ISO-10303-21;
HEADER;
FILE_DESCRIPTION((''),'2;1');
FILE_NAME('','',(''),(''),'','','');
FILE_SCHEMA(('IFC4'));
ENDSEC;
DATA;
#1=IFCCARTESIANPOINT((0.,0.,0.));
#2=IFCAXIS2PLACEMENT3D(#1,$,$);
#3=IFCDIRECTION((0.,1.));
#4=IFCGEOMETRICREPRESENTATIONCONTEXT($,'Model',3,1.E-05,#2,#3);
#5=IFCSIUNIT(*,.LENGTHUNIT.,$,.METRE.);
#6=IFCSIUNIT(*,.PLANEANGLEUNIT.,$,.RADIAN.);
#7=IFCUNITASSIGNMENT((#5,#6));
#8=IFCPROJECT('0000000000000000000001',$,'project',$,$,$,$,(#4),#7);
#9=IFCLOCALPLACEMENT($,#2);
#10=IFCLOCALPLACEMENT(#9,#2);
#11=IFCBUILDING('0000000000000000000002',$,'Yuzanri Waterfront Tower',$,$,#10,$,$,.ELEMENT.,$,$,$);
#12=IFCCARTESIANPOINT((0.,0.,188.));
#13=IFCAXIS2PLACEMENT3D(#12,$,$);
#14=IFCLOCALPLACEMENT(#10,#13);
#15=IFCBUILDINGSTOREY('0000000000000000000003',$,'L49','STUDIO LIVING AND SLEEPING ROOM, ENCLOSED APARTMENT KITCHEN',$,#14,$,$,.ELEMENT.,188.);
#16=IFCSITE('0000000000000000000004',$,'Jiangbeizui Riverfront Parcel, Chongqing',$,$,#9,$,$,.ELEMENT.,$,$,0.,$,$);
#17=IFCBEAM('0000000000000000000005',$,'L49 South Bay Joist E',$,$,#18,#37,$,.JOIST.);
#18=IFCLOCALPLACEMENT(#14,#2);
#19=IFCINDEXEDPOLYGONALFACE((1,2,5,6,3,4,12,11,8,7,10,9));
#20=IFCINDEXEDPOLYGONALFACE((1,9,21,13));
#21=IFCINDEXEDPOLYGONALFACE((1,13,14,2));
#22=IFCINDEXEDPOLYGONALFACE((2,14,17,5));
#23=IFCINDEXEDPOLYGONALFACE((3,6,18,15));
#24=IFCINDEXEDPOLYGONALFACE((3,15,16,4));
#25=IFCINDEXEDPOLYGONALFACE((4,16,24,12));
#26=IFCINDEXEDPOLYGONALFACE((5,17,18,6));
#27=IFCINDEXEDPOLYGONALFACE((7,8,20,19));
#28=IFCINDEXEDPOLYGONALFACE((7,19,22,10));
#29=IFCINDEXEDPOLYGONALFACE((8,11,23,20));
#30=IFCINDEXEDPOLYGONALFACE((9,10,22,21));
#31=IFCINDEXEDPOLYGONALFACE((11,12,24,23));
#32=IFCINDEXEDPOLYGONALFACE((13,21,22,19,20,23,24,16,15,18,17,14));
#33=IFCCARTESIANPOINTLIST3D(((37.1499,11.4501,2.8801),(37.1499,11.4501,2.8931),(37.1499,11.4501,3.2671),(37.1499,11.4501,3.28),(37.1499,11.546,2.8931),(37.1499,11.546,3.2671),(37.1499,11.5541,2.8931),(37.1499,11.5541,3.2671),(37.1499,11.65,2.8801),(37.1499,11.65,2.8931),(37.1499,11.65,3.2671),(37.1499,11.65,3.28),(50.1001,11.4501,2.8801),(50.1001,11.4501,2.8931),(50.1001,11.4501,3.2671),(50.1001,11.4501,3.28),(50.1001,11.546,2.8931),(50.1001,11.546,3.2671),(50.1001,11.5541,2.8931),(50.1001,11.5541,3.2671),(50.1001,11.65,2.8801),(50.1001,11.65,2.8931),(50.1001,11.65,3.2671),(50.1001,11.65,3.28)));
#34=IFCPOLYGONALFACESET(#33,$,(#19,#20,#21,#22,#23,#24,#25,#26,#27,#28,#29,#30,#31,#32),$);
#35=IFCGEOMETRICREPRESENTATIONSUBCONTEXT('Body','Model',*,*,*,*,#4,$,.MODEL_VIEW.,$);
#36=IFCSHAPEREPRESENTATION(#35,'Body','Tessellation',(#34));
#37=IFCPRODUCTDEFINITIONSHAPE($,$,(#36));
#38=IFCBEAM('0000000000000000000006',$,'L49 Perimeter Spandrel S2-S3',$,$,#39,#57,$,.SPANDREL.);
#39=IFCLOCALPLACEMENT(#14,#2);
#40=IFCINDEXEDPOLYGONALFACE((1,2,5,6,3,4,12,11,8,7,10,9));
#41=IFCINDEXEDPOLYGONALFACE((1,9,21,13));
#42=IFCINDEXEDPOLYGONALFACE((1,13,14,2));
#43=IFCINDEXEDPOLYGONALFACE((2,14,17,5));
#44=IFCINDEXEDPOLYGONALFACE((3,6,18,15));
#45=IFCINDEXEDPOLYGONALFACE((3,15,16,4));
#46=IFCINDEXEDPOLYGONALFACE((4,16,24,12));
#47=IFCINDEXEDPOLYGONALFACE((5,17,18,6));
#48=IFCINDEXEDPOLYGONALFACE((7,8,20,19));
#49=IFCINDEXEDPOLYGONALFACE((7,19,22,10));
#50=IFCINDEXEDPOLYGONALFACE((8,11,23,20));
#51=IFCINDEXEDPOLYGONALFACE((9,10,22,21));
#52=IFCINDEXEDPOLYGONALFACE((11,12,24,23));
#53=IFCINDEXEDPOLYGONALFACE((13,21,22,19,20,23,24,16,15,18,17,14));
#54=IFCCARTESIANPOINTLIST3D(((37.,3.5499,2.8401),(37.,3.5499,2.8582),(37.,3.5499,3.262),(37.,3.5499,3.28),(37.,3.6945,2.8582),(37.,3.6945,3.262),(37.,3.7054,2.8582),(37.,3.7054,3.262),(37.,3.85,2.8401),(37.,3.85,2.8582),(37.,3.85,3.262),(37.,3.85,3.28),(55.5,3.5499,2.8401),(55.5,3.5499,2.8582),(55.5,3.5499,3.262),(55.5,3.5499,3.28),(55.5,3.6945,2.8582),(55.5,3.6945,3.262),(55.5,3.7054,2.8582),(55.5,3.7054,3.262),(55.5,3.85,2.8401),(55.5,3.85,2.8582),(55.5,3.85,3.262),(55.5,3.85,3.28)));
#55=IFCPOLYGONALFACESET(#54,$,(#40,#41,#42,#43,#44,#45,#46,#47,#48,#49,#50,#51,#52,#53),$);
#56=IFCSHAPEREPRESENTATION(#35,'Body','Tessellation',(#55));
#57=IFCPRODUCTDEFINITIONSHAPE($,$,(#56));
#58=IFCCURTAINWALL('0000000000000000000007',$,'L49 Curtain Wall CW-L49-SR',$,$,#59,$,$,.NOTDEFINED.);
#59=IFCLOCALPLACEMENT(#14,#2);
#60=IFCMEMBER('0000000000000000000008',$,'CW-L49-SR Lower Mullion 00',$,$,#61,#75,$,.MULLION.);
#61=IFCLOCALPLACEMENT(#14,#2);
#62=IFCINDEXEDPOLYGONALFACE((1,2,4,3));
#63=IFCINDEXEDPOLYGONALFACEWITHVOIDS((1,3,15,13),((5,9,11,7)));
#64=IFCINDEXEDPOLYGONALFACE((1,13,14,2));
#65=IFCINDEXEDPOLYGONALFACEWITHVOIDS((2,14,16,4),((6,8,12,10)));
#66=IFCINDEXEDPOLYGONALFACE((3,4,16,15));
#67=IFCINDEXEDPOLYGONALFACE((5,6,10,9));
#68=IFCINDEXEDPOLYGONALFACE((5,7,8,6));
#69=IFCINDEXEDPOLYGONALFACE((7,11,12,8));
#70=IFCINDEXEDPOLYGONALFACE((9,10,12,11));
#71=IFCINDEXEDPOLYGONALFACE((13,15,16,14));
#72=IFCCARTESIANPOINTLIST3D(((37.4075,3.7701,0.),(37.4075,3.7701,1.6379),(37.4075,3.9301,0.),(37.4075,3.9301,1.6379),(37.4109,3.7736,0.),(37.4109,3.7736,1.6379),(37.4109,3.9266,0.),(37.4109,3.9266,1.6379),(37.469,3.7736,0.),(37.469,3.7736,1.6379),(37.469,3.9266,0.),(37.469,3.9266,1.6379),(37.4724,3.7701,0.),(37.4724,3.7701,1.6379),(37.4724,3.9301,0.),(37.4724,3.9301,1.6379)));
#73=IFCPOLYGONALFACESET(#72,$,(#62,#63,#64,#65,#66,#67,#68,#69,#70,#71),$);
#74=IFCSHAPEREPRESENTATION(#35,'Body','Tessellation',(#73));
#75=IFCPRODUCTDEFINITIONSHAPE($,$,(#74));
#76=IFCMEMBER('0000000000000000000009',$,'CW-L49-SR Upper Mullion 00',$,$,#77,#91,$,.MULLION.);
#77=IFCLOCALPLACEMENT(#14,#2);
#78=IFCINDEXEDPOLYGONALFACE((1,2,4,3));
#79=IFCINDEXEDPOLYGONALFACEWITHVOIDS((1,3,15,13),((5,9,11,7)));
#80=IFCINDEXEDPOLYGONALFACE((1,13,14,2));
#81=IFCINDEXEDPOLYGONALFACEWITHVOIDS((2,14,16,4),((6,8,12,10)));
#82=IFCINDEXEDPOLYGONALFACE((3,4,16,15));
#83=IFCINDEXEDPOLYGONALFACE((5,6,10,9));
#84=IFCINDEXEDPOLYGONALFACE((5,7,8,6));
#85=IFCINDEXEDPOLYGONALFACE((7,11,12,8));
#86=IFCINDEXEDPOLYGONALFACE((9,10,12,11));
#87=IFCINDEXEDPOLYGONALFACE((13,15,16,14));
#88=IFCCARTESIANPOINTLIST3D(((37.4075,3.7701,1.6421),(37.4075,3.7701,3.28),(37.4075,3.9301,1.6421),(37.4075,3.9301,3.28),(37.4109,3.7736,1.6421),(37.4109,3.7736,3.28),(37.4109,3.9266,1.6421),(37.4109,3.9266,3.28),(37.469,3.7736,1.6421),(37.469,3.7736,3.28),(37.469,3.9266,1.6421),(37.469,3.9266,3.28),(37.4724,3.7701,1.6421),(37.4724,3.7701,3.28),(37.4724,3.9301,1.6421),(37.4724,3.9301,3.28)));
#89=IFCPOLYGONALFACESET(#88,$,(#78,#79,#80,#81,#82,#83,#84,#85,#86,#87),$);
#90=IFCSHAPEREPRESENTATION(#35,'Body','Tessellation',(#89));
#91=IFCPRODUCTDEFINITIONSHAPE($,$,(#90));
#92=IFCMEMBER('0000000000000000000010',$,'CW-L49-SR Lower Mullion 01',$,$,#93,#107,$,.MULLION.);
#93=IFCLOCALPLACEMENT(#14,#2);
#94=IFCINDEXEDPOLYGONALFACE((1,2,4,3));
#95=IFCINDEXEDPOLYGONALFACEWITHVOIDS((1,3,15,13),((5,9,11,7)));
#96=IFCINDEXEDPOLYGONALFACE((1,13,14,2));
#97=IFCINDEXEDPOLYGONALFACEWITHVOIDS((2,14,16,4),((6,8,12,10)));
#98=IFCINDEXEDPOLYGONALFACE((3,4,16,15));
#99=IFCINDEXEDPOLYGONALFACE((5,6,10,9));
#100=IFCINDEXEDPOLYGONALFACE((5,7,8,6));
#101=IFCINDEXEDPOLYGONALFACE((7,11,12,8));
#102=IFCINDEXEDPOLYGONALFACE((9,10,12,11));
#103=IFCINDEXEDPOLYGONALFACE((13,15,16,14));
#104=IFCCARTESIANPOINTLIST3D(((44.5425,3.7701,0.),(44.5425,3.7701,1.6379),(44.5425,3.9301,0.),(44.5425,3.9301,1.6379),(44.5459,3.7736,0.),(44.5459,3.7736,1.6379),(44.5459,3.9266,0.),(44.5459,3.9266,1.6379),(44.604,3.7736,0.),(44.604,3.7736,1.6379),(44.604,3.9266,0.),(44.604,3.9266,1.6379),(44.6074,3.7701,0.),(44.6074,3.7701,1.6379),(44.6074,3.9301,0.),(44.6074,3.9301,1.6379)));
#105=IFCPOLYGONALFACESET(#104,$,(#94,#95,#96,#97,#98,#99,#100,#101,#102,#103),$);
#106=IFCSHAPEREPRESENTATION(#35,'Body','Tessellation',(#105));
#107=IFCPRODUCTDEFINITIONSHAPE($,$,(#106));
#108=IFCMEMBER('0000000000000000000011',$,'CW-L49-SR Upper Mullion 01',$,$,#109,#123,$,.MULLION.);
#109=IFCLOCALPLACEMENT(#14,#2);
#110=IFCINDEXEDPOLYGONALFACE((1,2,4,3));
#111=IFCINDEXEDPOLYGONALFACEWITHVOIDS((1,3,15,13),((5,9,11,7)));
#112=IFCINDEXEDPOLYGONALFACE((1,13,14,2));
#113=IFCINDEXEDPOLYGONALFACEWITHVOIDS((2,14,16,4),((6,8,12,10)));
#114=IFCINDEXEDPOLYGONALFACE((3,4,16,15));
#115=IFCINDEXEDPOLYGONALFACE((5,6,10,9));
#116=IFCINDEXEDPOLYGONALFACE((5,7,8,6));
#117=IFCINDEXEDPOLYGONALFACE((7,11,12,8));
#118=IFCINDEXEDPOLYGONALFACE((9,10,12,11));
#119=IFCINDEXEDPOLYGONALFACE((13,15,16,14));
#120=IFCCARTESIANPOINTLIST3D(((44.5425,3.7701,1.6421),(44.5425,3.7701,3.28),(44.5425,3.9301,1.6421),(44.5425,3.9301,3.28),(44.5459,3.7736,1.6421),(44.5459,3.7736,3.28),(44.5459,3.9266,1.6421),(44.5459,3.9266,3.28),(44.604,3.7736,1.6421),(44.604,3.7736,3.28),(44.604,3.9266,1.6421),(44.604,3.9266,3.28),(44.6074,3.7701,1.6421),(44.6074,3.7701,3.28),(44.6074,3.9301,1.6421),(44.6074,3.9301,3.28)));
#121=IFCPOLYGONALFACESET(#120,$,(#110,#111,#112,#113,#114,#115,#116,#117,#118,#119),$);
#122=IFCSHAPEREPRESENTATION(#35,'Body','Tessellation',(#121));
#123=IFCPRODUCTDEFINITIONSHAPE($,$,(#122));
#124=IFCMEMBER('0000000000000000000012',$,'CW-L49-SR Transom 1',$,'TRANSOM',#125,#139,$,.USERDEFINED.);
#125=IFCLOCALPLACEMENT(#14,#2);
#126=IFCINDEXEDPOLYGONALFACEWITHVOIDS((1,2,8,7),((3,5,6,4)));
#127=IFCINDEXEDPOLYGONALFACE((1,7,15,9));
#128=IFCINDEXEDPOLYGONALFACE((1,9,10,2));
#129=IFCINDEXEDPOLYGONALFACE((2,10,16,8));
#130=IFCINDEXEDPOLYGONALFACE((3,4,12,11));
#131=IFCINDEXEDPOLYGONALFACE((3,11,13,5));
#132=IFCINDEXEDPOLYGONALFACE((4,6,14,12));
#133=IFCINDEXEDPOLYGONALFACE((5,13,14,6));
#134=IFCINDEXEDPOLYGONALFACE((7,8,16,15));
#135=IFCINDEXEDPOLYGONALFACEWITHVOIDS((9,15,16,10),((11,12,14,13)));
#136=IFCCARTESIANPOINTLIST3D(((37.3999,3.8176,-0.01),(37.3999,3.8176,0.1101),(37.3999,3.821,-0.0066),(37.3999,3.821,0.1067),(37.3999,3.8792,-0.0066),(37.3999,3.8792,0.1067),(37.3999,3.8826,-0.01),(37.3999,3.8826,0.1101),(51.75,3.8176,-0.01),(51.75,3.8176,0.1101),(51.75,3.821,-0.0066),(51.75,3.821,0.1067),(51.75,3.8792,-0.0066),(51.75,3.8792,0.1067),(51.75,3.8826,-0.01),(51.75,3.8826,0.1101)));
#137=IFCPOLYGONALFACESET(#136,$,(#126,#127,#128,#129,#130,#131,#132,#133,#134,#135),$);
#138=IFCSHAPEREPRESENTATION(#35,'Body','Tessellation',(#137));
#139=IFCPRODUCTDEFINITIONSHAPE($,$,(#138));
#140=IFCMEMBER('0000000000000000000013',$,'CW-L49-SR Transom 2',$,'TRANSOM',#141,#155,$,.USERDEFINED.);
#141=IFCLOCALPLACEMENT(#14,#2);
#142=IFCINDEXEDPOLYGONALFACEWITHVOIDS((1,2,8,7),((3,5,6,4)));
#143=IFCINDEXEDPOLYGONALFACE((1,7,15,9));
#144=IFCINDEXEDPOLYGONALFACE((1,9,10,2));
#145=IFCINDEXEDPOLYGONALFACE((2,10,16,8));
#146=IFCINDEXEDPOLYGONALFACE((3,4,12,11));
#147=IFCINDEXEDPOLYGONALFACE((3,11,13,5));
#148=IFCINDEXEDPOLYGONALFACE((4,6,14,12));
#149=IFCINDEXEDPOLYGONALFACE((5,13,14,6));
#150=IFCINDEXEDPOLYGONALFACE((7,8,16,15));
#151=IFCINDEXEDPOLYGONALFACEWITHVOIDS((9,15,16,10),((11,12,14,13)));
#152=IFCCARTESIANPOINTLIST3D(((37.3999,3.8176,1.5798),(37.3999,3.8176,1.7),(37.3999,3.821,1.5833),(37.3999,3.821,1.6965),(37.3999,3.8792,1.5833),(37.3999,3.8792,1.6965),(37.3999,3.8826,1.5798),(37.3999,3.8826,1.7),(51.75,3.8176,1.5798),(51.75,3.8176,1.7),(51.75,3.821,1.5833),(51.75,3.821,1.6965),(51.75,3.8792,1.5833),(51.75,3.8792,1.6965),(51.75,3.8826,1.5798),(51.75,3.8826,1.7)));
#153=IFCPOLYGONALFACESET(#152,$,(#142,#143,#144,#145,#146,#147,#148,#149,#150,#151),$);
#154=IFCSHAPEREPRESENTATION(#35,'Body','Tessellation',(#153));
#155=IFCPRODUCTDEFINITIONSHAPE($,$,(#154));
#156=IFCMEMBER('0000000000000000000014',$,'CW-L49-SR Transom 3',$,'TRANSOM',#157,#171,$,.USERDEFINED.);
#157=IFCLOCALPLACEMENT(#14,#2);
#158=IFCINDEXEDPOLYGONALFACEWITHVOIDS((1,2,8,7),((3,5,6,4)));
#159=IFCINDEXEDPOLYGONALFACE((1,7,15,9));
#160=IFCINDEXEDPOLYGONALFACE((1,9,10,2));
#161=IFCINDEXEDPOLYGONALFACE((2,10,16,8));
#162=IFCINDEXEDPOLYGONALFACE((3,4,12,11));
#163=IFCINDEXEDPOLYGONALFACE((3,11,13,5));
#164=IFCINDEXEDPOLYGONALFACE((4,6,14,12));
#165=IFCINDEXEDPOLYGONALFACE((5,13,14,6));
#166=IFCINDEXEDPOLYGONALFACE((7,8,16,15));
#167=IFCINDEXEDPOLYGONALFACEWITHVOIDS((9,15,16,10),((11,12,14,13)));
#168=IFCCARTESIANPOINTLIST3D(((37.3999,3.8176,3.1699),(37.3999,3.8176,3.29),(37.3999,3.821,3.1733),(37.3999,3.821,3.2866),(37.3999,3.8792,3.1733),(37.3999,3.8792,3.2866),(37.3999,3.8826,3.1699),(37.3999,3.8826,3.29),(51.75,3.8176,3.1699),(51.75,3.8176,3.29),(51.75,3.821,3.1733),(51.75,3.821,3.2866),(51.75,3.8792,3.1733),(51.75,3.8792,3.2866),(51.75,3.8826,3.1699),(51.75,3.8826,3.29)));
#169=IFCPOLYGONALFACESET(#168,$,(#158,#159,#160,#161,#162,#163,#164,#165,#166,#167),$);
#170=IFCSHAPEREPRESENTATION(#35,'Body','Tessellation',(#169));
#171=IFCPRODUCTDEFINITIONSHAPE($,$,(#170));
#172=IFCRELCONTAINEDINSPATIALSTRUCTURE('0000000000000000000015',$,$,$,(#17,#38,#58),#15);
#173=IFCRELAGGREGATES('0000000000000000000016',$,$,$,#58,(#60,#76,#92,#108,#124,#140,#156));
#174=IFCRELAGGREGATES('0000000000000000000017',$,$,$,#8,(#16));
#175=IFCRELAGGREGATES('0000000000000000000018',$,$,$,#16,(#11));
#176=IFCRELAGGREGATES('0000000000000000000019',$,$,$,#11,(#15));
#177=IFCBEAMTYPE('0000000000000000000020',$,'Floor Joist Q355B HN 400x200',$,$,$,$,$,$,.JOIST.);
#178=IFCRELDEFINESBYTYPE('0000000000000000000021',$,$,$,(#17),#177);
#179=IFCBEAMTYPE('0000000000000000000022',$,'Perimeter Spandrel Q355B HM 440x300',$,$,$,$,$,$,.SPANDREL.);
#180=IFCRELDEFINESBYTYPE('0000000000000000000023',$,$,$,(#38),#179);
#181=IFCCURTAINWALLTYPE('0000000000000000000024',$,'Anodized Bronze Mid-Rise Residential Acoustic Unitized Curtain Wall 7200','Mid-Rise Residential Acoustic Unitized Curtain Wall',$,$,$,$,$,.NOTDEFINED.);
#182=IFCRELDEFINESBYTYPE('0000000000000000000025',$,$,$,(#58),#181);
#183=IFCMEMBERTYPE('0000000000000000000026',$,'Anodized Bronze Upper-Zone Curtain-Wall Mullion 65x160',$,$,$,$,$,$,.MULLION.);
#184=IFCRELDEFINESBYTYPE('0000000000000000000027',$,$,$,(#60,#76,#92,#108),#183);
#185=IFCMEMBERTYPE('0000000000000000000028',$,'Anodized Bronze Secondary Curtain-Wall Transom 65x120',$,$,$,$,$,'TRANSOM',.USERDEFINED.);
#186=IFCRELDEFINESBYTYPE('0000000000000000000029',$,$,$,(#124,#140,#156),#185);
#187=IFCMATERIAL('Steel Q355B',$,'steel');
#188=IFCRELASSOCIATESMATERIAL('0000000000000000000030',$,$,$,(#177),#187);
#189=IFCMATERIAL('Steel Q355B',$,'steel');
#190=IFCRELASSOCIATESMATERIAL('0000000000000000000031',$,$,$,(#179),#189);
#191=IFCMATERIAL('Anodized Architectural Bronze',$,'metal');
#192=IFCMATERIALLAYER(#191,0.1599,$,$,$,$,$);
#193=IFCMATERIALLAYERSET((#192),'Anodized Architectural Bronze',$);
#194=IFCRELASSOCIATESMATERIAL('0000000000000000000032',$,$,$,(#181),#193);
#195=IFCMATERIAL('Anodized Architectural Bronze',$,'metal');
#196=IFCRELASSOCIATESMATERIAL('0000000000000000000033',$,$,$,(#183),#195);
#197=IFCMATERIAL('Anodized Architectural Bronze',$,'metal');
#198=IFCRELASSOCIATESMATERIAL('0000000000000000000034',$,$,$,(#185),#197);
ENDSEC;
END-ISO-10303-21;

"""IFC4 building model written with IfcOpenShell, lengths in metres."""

from ifc_helpers import new_model, si_unit, direction, frame, origin, origin_2d, place, context, subcontext, project, spatial, hollow_rectangle, i_section, extrude, source, transform, mapped, material, layer, layer_set, material_profile, profile_set, type_object, element, aggregate, save


model = new_model("IFC4")

# Units and contexts
model_context = context("Model", 3, precision=1e-05, world=origin(), true_north=direction((0.0, 1.0)))
body_context = subcontext(model_context, "Body", "Model", "MODEL_VIEW")
ifc_project = project(units=[si_unit("LENGTHUNIT", "METRE"), si_unit("PLANEANGLEUNIT", "RADIAN")], contexts=[model_context])

# Site, building, storey
site_placement = place(None, origin())
site = spatial("IfcSite", under=ifc_project, at=site_placement, Name="Jiangbeizui Riverfront Parcel, Chongqing", CompositionType="ELEMENT", RefElevation=0.0)
building_placement = place(site_placement, origin())
building = spatial("IfcBuilding", under=site, at=building_placement, Name="Yuzanri Waterfront Tower", CompositionType="ELEMENT")
storey_placement = place(building_placement, frame((0.0, 0.0, 188.0)))
storey = spatial("IfcBuildingStorey", under=building, at=storey_placement, Name="L49", Description="STUDIO LIVING AND SLEEPING ROOM, ENCLOSED APARTMENT KITCHEN", CompositionType="ELEMENT", Elevation=188.0)

# Beams
ifc_material_1 = material(Name="Steel Q355B", Category="steel")
ifc_material_profile_1 = material_profile(ifc_material_1, i_section(OverallWidth=0.2, OverallDepth=0.3999, WebThickness=0.0081, FlangeThickness=0.0129, at=origin_2d()), Name="HN 400x200x8x13")
ifc_profile_set_1 = profile_set([ifc_material_profile_1], Name="Steel Q355B")
beam_type_1 = type_object("IfcBeamType", Name="Floor Joist Q355B HN 400x200", PredefinedType="JOIST", material=ifc_profile_set_1)
shared_shape_1 = source(origin(), body_context, "Body", "SweptSolid", [
    extrude(i_section(OverallWidth=0.2, OverallDepth=0.3999, WebThickness=0.0081, FlangeThickness=0.0129, at=origin_2d()), origin(), (0.0, 0.0, 1.0), 12.9502),
])
beam_1_placement = place(storey_placement, frame((37.1499, 11.55, 3.0801), z_axis=(1.0, 0.0, 0.0), x_axis=(0.0, 1.0, 0.0)))
element("IfcBeam", 1, at=beam_1_placement, inside=storey, type_object=beam_type_1, Name="L49 South Bay Joist E", PredefinedType="JOIST", context=body_context, shape_type="MappedRepresentation", body=[
    mapped(shared_shape_1, transform((0.0, 0.0, 0.0), scale=1.0)),
])
ifc_material_2 = material(Name="Steel Q355B", Category="steel")
ifc_material_profile_2 = material_profile(ifc_material_2, i_section(OverallWidth=0.3, OverallDepth=0.4399, WebThickness=0.011, FlangeThickness=0.0181, at=origin_2d()), Name="HM 440x300x11x18")
ifc_profile_set_2 = profile_set([ifc_material_profile_2], Name="Steel Q355B")
beam_type_2 = type_object("IfcBeamType", Name="Perimeter Spandrel Q355B HM 440x300", PredefinedType="SPANDREL", material=ifc_profile_set_2)
shared_shape_2 = source(origin(), body_context, "Body", "SweptSolid", [
    extrude(i_section(OverallWidth=0.3, OverallDepth=0.4399, WebThickness=0.011, FlangeThickness=0.0181, at=origin_2d()), origin(), (0.0, 0.0, 1.0), 18.5),
])
beam_2_placement = place(storey_placement, frame((37.0, 3.7, 3.0601), z_axis=(1.0, 0.0, 0.0), x_axis=(0.0, 1.0, 0.0)))
element("IfcBeam", 2, at=beam_2_placement, inside=storey, type_object=beam_type_2, Name="L49 Perimeter Spandrel S2-S3", PredefinedType="SPANDREL", context=body_context, shape_type="MappedRepresentation", body=[
    mapped(shared_shape_2, transform((0.0, 0.0, 0.0), scale=1.0)),
])

# Curtain wall, members
ifc_material_3 = material(Name="Anodized Architectural Bronze", Category="metal")
ifc_layer_1 = layer(ifc_material_3, 0.1599)
ifc_layer_set_1 = layer_set([ifc_layer_1], Name="Anodized Architectural Bronze")
curtain_wall_type = type_object("IfcCurtainWallType", Name="Anodized Bronze Mid-Rise Residential Acoustic Unitized Curtain Wall 7200", Description="Mid-Rise Residential Acoustic Unitized Curtain Wall", PredefinedType="NOTDEFINED", material=ifc_layer_set_1)
curtain_wall_placement = place(storey_placement, origin())
curtain_wall = element("IfcCurtainWall", 3, at=curtain_wall_placement, inside=storey, type_object=curtain_wall_type, Name="L49 Curtain Wall CW-L49-SR", PredefinedType="NOTDEFINED")
ifc_material_4 = material(Name="Anodized Architectural Bronze", Category="metal")
ifc_material_profile_3 = material_profile(ifc_material_4, hollow_rectangle(XDim=0.0649, YDim=0.1599, WallThickness=0.0034, at=origin_2d()), Name="CWM 65x160")
ifc_profile_set_3 = profile_set([ifc_material_profile_3], Name="Anodized Architectural Bronze")
member_type_1 = type_object("IfcMemberType", Name="Anodized Bronze Upper-Zone Curtain-Wall Mullion 65x160", PredefinedType="MULLION", material=ifc_profile_set_3)
shared_shape_3 = source(origin(), body_context, "Body", "SweptSolid", [
    extrude(hollow_rectangle(XDim=0.0649, YDim=0.1599, WallThickness=0.0034, at=origin_2d()), origin(), (0.0, 0.0, 1.0), 1.6379),
])
member_1_placement = place(storey_placement, frame((37.4399, 3.8501, 0.0), z_axis=(0.0, 0.0, 1.0), x_axis=(1.0, 0.0, 0.0)))
member_1 = element("IfcMember", 4, at=member_1_placement, type_object=member_type_1, Name="CW-L49-SR Lower Mullion 00", PredefinedType="MULLION", context=body_context, shape_type="MappedRepresentation", body=[
    mapped(shared_shape_3, transform((0.0, 0.0, 0.0), scale=1.0)),
])
member_2_placement = place(storey_placement, frame((37.4399, 3.8501, 1.6421), z_axis=(0.0, 0.0, 1.0), x_axis=(1.0, 0.0, 0.0)))
member_2 = element("IfcMember", 5, at=member_2_placement, type_object=member_type_1, Name="CW-L49-SR Upper Mullion 00", PredefinedType="MULLION", context=body_context, shape_type="MappedRepresentation", body=[
    mapped(shared_shape_3, transform((0.0, 0.0, 0.0), scale=1.0)),
])
member_3_placement = place(storey_placement, frame((44.575, 3.8501, 0.0), z_axis=(0.0, 0.0, 1.0), x_axis=(1.0, 0.0, 0.0)))
member_3 = element("IfcMember", 6, at=member_3_placement, type_object=member_type_1, Name="CW-L49-SR Lower Mullion 01", PredefinedType="MULLION", context=body_context, shape_type="MappedRepresentation", body=[
    mapped(shared_shape_3, transform((0.0, 0.0, 0.0), scale=1.0)),
])
member_4_placement = place(storey_placement, frame((44.575, 3.8501, 1.6421), z_axis=(0.0, 0.0, 1.0), x_axis=(1.0, 0.0, 0.0)))
member_4 = element("IfcMember", 7, at=member_4_placement, type_object=member_type_1, Name="CW-L49-SR Upper Mullion 01", PredefinedType="MULLION", context=body_context, shape_type="MappedRepresentation", body=[
    mapped(shared_shape_3, transform((0.0, 0.0, 0.0), scale=1.0)),
])
ifc_material_5 = material(Name="Anodized Architectural Bronze", Category="metal")
ifc_material_profile_4 = material_profile(ifc_material_5, hollow_rectangle(XDim=0.0649, YDim=0.1201, WallThickness=0.0034, at=origin_2d()), Name="CWT 65x120")
ifc_profile_set_4 = profile_set([ifc_material_profile_4], Name="Anodized Architectural Bronze")
member_type_2 = type_object("IfcMemberType", Name="Anodized Bronze Secondary Curtain-Wall Transom 65x120", ElementType="TRANSOM", PredefinedType="USERDEFINED", material=ifc_profile_set_4)
shared_shape_4 = source(origin(), body_context, "Body", "SweptSolid", [
    extrude(hollow_rectangle(XDim=0.0649, YDim=0.1201, WallThickness=0.0034, at=origin_2d()), origin(), (0.0, 0.0, 1.0), 14.3501),
])
member_5_placement = place(storey_placement, frame((37.3999, 3.8501, 0.05), z_axis=(1.0, 0.0, 0.0), x_axis=(0.0, 1.0, 0.0)))
member_5 = element("IfcMember", 8, at=member_5_placement, type_object=member_type_2, Name="CW-L49-SR Transom 1", ObjectType="TRANSOM", PredefinedType="USERDEFINED", context=body_context, shape_type="MappedRepresentation", body=[
    mapped(shared_shape_4, transform((0.0, 0.0, 0.0), scale=1.0)),
])
member_6_placement = place(storey_placement, frame((37.3999, 3.8501, 1.6399), z_axis=(1.0, 0.0, 0.0), x_axis=(0.0, 1.0, 0.0)))
member_6 = element("IfcMember", 9, at=member_6_placement, type_object=member_type_2, Name="CW-L49-SR Transom 2", ObjectType="TRANSOM", PredefinedType="USERDEFINED", context=body_context, shape_type="MappedRepresentation", body=[
    mapped(shared_shape_4, transform((0.0, 0.0, 0.0), scale=1.0)),
])
member_7_placement = place(storey_placement, frame((37.3999, 3.8501, 3.23), z_axis=(1.0, 0.0, 0.0), x_axis=(0.0, 1.0, 0.0)))
member_7 = element("IfcMember", 10, at=member_7_placement, type_object=member_type_2, Name="CW-L49-SR Transom 3", ObjectType="TRANSOM", PredefinedType="USERDEFINED", context=body_context, shape_type="MappedRepresentation", body=[
    mapped(shared_shape_4, transform((0.0, 0.0, 0.0), scale=1.0)),
])
aggregate(curtain_wall, [member_1, member_2, member_3, member_4, member_5, member_6, member_7])

save(model, "model.ifc")
